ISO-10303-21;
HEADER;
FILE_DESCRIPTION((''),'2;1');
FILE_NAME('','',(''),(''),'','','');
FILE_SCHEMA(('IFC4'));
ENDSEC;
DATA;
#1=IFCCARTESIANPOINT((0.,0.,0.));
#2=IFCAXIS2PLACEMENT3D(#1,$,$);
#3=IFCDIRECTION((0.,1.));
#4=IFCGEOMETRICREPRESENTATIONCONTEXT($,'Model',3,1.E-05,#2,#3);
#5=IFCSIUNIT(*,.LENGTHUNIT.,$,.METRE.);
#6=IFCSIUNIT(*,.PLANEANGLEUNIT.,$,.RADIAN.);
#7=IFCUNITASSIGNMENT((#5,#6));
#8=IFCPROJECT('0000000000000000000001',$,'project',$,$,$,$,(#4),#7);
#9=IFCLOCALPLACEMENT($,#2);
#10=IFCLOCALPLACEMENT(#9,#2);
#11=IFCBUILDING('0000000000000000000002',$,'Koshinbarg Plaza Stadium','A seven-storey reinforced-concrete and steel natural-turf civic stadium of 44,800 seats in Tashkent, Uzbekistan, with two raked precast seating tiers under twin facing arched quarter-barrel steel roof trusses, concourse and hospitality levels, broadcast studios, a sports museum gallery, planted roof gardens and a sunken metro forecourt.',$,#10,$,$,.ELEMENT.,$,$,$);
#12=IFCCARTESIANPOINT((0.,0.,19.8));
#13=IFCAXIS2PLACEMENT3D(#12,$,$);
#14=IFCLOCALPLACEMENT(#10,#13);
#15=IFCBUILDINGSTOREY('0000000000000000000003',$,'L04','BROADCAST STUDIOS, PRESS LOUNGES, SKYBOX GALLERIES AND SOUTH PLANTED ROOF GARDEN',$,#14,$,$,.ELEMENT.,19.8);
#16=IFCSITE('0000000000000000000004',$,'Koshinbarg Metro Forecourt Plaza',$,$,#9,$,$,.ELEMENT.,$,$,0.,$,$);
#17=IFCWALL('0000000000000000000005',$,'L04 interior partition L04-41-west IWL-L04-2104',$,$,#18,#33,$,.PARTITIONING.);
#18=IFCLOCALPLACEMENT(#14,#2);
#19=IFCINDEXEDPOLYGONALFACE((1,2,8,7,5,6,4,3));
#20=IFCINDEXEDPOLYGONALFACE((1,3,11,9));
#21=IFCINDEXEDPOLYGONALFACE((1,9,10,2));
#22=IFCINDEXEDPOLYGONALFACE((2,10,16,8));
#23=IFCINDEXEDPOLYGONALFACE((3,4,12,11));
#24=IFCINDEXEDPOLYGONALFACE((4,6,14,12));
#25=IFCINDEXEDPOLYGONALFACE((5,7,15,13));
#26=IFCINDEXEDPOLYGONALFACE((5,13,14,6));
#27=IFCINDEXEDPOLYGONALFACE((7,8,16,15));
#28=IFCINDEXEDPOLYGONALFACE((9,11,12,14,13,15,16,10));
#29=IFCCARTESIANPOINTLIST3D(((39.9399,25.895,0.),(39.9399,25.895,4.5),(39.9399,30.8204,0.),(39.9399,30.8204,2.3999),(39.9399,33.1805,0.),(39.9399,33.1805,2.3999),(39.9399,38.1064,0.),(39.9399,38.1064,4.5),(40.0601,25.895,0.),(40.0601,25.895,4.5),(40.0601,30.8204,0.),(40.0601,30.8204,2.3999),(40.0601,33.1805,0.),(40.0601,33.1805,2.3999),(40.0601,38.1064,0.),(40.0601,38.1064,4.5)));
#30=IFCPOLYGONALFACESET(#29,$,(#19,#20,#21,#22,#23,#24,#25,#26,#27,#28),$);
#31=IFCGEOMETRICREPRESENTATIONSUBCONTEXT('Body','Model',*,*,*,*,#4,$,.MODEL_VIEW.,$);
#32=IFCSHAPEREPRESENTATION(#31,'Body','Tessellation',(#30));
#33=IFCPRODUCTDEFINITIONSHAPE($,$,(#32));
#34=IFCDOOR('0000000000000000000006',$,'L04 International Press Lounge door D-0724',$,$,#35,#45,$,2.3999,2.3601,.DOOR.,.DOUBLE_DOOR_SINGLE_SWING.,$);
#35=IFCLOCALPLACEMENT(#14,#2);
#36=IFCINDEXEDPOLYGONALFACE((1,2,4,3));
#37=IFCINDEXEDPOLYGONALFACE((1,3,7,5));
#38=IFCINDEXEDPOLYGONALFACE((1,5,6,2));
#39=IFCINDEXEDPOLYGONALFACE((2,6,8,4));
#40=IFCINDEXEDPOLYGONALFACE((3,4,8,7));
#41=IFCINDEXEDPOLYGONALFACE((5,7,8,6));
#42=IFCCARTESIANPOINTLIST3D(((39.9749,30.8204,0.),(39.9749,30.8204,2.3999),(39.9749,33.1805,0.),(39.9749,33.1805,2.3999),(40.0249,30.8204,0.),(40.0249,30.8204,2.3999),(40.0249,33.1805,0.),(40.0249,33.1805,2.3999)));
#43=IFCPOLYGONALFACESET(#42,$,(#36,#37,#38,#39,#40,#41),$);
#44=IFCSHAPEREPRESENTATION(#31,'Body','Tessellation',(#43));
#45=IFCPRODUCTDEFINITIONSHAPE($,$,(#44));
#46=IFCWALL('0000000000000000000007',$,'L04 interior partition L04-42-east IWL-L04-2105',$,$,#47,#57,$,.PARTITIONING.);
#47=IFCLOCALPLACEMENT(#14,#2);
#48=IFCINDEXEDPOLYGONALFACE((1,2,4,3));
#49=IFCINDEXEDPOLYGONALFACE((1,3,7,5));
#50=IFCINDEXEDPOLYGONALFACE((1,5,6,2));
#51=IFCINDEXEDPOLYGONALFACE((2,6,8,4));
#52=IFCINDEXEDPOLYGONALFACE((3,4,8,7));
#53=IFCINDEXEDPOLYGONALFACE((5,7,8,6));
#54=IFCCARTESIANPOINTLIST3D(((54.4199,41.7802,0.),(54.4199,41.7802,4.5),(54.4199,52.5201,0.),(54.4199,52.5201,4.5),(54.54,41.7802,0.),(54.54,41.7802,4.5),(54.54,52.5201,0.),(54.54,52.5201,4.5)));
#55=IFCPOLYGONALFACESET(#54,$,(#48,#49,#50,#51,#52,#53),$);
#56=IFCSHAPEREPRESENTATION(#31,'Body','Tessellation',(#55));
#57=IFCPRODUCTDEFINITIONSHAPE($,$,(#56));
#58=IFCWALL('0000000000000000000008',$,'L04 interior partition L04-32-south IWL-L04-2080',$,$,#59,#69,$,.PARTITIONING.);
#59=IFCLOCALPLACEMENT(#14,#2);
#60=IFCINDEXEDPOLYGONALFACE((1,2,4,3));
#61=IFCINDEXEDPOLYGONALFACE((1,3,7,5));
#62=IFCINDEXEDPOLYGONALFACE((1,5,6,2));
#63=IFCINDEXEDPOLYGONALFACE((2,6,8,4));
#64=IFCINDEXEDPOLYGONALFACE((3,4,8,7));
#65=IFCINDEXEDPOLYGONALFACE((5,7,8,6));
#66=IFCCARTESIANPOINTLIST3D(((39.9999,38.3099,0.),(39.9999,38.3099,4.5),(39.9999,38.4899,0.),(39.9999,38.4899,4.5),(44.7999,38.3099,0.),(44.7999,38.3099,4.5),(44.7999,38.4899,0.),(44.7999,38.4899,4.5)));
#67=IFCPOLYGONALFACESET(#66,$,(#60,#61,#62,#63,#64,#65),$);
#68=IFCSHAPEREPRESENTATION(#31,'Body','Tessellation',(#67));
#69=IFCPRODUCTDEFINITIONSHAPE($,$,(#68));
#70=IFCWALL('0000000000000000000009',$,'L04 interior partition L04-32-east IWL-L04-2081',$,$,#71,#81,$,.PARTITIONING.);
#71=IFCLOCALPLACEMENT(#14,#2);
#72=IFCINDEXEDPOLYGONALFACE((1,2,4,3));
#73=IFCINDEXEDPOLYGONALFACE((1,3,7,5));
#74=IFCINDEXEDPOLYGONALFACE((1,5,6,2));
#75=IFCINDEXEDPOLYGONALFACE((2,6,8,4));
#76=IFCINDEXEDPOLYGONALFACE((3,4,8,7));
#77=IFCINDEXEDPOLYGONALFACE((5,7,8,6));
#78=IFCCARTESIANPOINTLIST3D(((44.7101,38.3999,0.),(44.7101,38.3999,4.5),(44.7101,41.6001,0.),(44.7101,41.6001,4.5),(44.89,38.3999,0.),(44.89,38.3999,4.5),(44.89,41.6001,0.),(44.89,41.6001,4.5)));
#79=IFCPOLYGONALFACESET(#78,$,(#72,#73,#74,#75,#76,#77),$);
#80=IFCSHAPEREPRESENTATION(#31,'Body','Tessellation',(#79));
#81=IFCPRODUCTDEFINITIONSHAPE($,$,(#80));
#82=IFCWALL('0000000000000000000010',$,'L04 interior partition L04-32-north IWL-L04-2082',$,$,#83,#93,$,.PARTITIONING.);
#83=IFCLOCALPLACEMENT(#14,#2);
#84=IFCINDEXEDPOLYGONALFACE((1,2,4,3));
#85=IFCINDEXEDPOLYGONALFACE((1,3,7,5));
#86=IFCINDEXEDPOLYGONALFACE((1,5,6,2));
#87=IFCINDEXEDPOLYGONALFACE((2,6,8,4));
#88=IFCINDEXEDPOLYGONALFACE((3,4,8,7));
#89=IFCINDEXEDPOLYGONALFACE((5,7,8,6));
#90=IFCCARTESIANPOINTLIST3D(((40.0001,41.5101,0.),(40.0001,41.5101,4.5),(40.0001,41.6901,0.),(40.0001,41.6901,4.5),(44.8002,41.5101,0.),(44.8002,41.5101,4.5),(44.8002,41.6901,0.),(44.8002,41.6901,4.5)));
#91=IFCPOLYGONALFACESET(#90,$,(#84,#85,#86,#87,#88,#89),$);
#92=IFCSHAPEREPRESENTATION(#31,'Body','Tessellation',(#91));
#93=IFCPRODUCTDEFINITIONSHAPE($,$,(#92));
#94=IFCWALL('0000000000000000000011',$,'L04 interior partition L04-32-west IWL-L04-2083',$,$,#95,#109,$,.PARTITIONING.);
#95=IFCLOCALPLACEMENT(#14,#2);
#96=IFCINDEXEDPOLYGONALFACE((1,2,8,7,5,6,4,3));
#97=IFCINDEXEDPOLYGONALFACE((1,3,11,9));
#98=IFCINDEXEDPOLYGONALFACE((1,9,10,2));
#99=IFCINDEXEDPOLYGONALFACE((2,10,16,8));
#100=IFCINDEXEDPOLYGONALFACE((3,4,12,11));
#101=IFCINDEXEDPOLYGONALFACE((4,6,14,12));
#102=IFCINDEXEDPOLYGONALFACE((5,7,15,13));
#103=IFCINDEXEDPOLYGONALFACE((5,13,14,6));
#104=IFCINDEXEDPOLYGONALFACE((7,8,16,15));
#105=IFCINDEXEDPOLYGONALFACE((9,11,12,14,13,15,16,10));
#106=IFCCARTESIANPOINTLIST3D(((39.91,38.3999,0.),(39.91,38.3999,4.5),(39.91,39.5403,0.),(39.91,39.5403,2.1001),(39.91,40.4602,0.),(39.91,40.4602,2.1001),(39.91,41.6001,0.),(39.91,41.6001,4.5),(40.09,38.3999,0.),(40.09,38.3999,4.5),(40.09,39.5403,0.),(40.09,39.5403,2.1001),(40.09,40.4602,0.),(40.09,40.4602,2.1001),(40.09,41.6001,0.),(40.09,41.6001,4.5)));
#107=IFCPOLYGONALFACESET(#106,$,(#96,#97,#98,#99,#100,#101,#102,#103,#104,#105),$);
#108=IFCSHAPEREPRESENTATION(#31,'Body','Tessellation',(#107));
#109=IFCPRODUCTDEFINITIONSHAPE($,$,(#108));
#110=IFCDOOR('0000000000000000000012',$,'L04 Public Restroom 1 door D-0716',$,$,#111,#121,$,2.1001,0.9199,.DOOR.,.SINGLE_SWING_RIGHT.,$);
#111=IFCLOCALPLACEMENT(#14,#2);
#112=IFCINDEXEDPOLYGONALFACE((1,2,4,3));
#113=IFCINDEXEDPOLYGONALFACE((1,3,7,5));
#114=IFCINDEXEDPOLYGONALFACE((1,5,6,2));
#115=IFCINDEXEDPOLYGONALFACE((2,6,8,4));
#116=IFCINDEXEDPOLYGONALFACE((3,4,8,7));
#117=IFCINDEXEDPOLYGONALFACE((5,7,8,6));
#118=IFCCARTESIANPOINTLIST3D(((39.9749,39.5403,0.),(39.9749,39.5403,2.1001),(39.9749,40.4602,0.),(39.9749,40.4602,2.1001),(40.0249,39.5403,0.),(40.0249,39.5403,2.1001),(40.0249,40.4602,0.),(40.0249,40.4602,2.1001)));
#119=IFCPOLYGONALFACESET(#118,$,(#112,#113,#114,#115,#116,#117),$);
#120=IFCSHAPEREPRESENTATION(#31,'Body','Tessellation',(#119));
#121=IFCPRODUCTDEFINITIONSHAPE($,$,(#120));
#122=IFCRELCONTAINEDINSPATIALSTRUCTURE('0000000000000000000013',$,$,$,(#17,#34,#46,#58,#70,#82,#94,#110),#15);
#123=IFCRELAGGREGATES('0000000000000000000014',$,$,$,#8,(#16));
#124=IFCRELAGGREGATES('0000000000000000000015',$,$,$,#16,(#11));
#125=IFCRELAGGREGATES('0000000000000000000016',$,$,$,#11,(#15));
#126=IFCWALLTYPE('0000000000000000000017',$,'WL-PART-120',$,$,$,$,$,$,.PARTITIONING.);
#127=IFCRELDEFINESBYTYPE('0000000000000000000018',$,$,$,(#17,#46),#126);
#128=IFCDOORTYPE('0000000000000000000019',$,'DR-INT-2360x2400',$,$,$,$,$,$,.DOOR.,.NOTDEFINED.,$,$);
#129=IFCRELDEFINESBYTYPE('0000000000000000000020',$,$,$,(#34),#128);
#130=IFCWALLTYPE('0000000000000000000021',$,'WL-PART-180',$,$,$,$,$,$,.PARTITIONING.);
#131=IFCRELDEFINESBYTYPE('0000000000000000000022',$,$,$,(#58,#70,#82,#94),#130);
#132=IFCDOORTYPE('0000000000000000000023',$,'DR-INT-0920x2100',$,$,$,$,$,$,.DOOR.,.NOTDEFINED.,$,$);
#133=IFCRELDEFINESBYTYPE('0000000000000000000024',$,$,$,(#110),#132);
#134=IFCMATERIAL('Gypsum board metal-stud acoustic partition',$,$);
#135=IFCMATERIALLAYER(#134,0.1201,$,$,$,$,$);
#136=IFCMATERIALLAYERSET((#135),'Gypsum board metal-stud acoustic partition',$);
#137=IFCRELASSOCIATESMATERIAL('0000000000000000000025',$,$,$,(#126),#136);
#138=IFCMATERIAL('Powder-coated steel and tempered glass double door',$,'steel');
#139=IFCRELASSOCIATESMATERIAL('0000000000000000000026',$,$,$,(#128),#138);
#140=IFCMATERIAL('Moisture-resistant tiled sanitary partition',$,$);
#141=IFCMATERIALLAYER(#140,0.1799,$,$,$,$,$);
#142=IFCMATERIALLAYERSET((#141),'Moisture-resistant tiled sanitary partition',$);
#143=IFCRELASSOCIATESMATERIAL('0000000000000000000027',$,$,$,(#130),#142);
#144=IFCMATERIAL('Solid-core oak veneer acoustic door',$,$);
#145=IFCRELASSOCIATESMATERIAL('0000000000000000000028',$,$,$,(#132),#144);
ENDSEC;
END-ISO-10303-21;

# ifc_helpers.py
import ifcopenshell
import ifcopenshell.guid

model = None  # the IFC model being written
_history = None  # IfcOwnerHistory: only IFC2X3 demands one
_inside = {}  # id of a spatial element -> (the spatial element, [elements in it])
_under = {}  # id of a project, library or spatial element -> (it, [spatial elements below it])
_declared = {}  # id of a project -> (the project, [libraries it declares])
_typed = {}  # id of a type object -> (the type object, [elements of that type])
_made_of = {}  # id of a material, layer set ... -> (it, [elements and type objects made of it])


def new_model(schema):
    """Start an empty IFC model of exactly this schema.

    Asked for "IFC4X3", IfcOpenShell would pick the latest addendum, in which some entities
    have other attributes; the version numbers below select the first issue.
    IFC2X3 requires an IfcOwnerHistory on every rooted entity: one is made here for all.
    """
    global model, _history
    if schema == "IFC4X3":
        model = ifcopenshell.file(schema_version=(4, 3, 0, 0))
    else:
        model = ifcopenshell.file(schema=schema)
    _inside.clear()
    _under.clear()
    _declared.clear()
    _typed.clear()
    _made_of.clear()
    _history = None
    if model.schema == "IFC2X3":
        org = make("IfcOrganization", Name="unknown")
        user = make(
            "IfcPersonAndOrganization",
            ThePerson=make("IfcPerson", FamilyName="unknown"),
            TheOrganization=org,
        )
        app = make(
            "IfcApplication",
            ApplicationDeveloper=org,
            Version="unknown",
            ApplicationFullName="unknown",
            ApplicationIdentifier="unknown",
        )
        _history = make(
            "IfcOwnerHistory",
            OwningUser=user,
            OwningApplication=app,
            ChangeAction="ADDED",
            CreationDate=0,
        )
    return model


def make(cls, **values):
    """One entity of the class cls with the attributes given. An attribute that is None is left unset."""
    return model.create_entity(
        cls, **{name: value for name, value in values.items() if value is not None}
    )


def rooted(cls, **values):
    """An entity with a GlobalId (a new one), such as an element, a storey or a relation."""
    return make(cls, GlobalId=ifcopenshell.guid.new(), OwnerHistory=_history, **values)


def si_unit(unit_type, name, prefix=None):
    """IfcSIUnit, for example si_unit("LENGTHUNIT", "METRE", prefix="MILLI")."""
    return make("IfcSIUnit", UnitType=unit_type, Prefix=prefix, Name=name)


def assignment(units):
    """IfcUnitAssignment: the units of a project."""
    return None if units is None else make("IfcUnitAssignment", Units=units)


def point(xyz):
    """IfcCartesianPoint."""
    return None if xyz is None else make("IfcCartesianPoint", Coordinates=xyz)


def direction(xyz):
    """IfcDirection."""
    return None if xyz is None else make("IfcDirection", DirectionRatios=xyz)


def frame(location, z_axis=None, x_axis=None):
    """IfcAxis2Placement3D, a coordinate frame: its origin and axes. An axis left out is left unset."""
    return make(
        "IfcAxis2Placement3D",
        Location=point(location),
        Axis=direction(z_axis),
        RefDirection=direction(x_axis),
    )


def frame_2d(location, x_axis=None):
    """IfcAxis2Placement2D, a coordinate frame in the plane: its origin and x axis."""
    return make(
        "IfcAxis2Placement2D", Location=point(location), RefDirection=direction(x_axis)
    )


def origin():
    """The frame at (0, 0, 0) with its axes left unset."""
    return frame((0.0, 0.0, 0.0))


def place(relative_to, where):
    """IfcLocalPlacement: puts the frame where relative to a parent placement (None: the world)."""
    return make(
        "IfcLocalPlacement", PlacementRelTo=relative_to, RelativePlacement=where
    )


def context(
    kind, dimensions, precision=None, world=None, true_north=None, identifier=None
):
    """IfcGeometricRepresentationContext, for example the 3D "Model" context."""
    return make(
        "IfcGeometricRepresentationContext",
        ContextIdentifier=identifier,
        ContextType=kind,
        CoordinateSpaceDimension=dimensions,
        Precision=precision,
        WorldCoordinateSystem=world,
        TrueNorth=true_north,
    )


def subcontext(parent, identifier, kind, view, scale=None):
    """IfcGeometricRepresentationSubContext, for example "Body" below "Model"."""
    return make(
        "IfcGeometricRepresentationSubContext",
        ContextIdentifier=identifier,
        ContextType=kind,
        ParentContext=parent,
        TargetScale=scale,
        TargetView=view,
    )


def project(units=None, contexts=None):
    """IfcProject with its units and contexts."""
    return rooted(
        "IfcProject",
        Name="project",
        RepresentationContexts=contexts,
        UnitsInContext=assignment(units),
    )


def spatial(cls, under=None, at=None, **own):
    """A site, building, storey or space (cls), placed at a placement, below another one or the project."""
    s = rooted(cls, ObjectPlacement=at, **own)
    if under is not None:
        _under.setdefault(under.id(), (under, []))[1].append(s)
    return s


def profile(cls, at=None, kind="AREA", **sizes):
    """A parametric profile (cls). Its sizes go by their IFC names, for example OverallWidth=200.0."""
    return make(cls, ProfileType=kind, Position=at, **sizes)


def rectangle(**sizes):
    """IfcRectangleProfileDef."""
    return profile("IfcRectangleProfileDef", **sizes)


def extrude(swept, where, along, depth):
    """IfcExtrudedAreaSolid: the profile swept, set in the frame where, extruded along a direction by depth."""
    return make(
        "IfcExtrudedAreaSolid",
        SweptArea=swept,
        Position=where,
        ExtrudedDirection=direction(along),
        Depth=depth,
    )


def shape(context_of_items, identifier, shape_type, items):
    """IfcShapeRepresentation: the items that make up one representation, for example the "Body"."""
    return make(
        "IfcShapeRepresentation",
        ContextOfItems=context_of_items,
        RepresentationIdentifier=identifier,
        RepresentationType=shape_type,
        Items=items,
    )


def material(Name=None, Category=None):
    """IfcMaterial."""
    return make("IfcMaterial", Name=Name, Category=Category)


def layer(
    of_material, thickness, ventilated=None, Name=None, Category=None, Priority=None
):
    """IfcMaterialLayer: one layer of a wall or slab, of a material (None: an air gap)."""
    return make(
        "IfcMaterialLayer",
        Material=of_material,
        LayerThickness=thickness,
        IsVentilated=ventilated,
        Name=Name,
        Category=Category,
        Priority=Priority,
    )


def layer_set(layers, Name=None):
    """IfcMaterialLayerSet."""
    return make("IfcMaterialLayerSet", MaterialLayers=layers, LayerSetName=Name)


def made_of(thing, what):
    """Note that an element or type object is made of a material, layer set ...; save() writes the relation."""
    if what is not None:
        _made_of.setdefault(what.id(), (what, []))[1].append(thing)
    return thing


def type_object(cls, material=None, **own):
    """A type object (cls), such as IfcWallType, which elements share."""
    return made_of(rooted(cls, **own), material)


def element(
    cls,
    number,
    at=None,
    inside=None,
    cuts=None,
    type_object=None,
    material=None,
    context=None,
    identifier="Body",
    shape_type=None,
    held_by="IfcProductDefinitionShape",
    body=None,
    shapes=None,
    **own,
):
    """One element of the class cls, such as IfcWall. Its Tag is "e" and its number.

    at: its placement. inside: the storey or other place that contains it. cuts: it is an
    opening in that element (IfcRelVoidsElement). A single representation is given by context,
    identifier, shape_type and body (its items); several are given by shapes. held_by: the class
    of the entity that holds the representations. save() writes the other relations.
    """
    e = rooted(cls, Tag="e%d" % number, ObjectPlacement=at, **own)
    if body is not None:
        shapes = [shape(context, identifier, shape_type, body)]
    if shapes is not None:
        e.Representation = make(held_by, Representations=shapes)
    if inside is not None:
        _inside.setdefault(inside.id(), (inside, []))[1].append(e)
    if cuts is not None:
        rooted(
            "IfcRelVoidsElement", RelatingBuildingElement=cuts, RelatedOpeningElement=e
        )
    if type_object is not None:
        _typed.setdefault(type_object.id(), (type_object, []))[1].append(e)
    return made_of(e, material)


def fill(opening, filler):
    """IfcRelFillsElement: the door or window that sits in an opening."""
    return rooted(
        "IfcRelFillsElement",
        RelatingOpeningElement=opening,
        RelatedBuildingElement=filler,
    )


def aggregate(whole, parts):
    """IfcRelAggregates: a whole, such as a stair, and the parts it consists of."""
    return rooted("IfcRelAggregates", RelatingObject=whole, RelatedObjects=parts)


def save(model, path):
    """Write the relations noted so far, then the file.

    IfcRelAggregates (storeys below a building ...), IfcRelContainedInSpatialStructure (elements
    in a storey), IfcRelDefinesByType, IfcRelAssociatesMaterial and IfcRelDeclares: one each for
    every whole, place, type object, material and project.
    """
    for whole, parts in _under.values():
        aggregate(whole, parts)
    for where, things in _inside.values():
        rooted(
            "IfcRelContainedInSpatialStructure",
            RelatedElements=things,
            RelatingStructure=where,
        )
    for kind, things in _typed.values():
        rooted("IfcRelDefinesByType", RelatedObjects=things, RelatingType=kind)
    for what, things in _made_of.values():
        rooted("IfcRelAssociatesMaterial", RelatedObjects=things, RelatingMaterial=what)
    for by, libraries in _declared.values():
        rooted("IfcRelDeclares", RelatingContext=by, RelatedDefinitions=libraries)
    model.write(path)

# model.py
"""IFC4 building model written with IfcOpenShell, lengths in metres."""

from ifc_helpers import new_model, si_unit, direction, frame, frame_2d, origin, place, context, subcontext, project, spatial, rectangle, extrude, material, layer, layer_set, type_object, element, fill, save


model = new_model("IFC4")

# Units and contexts
model_context = context("Model", 3, precision=1e-05, world=origin(), true_north=direction((0.0, 1.0)))
body_context = subcontext(model_context, "Body", "Model", "MODEL_VIEW")
ifc_project = project(units=[si_unit("LENGTHUNIT", "METRE"), si_unit("PLANEANGLEUNIT", "RADIAN")], contexts=[model_context])

# Site, building, storey
site_placement = place(None, origin())
site = spatial("IfcSite", under=ifc_project, at=site_placement, Name="Koshinbarg Metro Forecourt Plaza", CompositionType="ELEMENT", RefElevation=0.0)
building_placement = place(site_placement, origin())
building = spatial("IfcBuilding", under=site, at=building_placement, Name="Koshinbarg Plaza Stadium", Description="A seven-storey reinforced-concrete and steel natural-turf civic stadium of 44,800 seats in Tashkent, Uzbekistan, with two raked precast seating tiers under twin facing arched quarter-barrel steel roof trusses, concourse and hospitality levels, broadcast studios, a sports museum gallery, planted roof gardens and a sunken metro forecourt.", CompositionType="ELEMENT")
storey_placement = place(building_placement, frame((0.0, 0.0, 19.8)))
storey = spatial("IfcBuildingStorey", under=building, at=storey_placement, Name="L04", Description="BROADCAST STUDIOS, PRESS LOUNGES, SKYBOX GALLERIES AND SOUTH PLANTED ROOF GARDEN", CompositionType="ELEMENT", Elevation=19.8)

# Wall, opening, door
ifc_material_1 = material(Name="Gypsum board metal-stud acoustic partition")
ifc_layer_1 = layer(ifc_material_1, 0.1201)
ifc_layer_set_1 = layer_set([ifc_layer_1], Name="Gypsum board metal-stud acoustic partition")
wall_type_1 = type_object("IfcWallType", Name="WL-PART-120", PredefinedType="PARTITIONING", material=ifc_layer_set_1)
wall_1_placement = place(storey_placement, frame((40.0, 38.1064, 0.0), z_axis=(0.0, 0.0, 1.0), x_axis=(0.0, -1.0, 0.0)))
wall_1 = element("IfcWall", 1, at=wall_1_placement, inside=storey, type_object=wall_type_1, Name="L04 interior partition L04-41-west IWL-L04-2104", PredefinedType="PARTITIONING", context=body_context, shape_type="SweptSolid", body=[
    extrude(rectangle(XDim=12.2114, YDim=0.1201, at=frame_2d((6.1057, 0.0))), origin(), (0.0, 0.0, 1.0), 4.5),
])
opening_1_placement = place(wall_1_placement, frame((4.9258, 0.0, 0.0)))
opening_1 = element("IfcOpeningElement", 2, at=opening_1_placement, cuts=wall_1, PredefinedType="OPENING", context=body_context, shape_type="SweptSolid", body=[
    extrude(rectangle(XDim=2.3601, YDim=2.3999, at=frame_2d((1.1802, 1.2))), frame((0.0, 0.0701, 0.0), z_axis=(0.0, -1.0, 0.0), x_axis=(1.0, 0.0, 0.0)), (0.0, 0.0, 1.0), 0.1401),
])
ifc_material_2 = material(Name="Powder-coated steel and tempered glass double door", Category="steel")
door_type_1 = type_object("IfcDoorType", Name="DR-INT-2360x2400", OperationType="NOTDEFINED", PredefinedType="DOOR", material=ifc_material_2)
door_1_placement = place(opening_1_placement, origin())
door_1 = element("IfcDoor", 3, at=door_1_placement, inside=storey, type_object=door_type_1, Name="L04 International Press Lounge door D-0724", OperationType="DOUBLE_DOOR_SINGLE_SWING", OverallHeight=2.3999, OverallWidth=2.3601, PredefinedType="DOOR", context=body_context, shape_type="SweptSolid", body=[
    extrude(rectangle(XDim=2.3601, YDim=2.3999, at=frame_2d((1.1802, 1.2))), frame((0.0, 0.0249, 0.0), z_axis=(0.0, -1.0, 0.0), x_axis=(1.0, 0.0, 0.0)), (0.0, 0.0, 1.0), 0.05),
])
fill(opening_1, door_1)

# Walls
wall_2_placement = place(storey_placement, frame((54.48, 41.78, 0.0), z_axis=(0.0, 0.0, 1.0), x_axis=(0.0, 1.0, 0.0)))
element("IfcWall", 4, at=wall_2_placement, inside=storey, type_object=wall_type_1, Name="L04 interior partition L04-42-east IWL-L04-2105", PredefinedType="PARTITIONING", context=body_context, shape_type="SweptSolid", body=[
    extrude(rectangle(XDim=10.74, YDim=0.1201, at=frame_2d((5.3701, 0.0))), origin(), (0.0, 0.0, 1.0), 4.5),
])
ifc_material_3 = material(Name="Moisture-resistant tiled sanitary partition")
ifc_layer_2 = layer(ifc_material_3, 0.1799)
ifc_layer_set_2 = layer_set([ifc_layer_2], Name="Moisture-resistant tiled sanitary partition")
wall_type_2 = type_object("IfcWallType", Name="WL-PART-180", PredefinedType="PARTITIONING", material=ifc_layer_set_2)
wall_3_placement = place(storey_placement, frame((40.0, 38.3999, 0.0), z_axis=(0.0, 0.0, 1.0), x_axis=(1.0, 0.0, 0.0)))
element("IfcWall", 5, at=wall_3_placement, inside=storey, type_object=wall_type_2, Name="L04 interior partition L04-32-south IWL-L04-2080", PredefinedType="PARTITIONING", context=body_context, shape_type="SweptSolid", body=[
    extrude(rectangle(XDim=4.8, YDim=0.1799, at=frame_2d((2.3999, 0.0))), origin(), (0.0, 0.0, 1.0), 4.5),
])
wall_4_placement = place(storey_placement, frame((44.8, 38.3999, 0.0), z_axis=(0.0, 0.0, 1.0), x_axis=(0.0, 1.0, 0.0)))
element("IfcWall", 6, at=wall_4_placement, inside=storey, type_object=wall_type_2, Name="L04 interior partition L04-32-east IWL-L04-2081", PredefinedType="PARTITIONING", context=body_context, shape_type="SweptSolid", body=[
    extrude(rectangle(XDim=3.2002, YDim=0.1799, at=frame_2d((1.6001, 0.0))), origin(), (0.0, 0.0, 1.0), 4.5),
])
wall_5_placement = place(storey_placement, frame((44.8, 41.6001, 0.0), z_axis=(0.0, 0.0, 1.0), x_axis=(-1.0, 0.0, 0.0)))
element("IfcWall", 7, at=wall_5_placement, inside=storey, type_object=wall_type_2, Name="L04 interior partition L04-32-north IWL-L04-2082", PredefinedType="PARTITIONING", context=body_context, shape_type="SweptSolid", body=[
    extrude(rectangle(XDim=4.8, YDim=0.1799, at=frame_2d((2.3999, 0.0))), origin(), (0.0, 0.0, 1.0), 4.5),
])

# Wall, opening, door
wall_6_placement = place(storey_placement, frame((40.0, 41.6001, 0.0), z_axis=(0.0, 0.0, 1.0), x_axis=(0.0, -1.0, 0.0)))
wall_6 = element("IfcWall", 8, at=wall_6_placement, inside=storey, type_object=wall_type_2, Name="L04 interior partition L04-32-west IWL-L04-2083", PredefinedType="PARTITIONING", context=body_context, shape_type="SweptSolid", body=[
    extrude(rectangle(XDim=3.2002, YDim=0.1799, at=frame_2d((1.6001, 0.0))), origin(), (0.0, 0.0, 1.0), 4.5),
])
opening_2_placement = place(wall_6_placement, frame((1.1399, 0.0, 0.0)))
opening_2 = element("IfcOpeningElement", 9, at=opening_2_placement, cuts=wall_6, PredefinedType="OPENING", context=body_context, shape_type="SweptSolid", body=[
    extrude(rectangle(XDim=0.9199, YDim=2.1001, at=frame_2d((0.46, 1.05))), frame((0.0, 0.0999, 0.0), z_axis=(0.0, -1.0, 0.0), x_axis=(1.0, 0.0, 0.0)), (0.0, 0.0, 1.0), 0.2),
])
ifc_material_4 = material(Name="Solid-core oak veneer acoustic door")
door_type_2 = type_object("IfcDoorType", Name="DR-INT-0920x2100", OperationType="NOTDEFINED", PredefinedType="DOOR", material=ifc_material_4)
door_2_placement = place(opening_2_placement, origin())
door_2 = element("IfcDoor", 10, at=door_2_placement, inside=storey, type_object=door_type_2, Name="L04 Public Restroom 1 door D-0716", OperationType="SINGLE_SWING_RIGHT", OverallHeight=2.1001, OverallWidth=0.9199, PredefinedType="DOOR", context=body_context, shape_type="SweptSolid", body=[
    extrude(rectangle(XDim=0.9199, YDim=2.1001, at=frame_2d((0.46, 1.05))), frame((0.0, 0.0249, 0.0), z_axis=(0.0, -1.0, 0.0), x_axis=(1.0, 0.0, 0.0)), (0.0, 0.0, 1.0), 0.05),
])
fill(opening_2, door_2)

save(model, "model.ifc")
